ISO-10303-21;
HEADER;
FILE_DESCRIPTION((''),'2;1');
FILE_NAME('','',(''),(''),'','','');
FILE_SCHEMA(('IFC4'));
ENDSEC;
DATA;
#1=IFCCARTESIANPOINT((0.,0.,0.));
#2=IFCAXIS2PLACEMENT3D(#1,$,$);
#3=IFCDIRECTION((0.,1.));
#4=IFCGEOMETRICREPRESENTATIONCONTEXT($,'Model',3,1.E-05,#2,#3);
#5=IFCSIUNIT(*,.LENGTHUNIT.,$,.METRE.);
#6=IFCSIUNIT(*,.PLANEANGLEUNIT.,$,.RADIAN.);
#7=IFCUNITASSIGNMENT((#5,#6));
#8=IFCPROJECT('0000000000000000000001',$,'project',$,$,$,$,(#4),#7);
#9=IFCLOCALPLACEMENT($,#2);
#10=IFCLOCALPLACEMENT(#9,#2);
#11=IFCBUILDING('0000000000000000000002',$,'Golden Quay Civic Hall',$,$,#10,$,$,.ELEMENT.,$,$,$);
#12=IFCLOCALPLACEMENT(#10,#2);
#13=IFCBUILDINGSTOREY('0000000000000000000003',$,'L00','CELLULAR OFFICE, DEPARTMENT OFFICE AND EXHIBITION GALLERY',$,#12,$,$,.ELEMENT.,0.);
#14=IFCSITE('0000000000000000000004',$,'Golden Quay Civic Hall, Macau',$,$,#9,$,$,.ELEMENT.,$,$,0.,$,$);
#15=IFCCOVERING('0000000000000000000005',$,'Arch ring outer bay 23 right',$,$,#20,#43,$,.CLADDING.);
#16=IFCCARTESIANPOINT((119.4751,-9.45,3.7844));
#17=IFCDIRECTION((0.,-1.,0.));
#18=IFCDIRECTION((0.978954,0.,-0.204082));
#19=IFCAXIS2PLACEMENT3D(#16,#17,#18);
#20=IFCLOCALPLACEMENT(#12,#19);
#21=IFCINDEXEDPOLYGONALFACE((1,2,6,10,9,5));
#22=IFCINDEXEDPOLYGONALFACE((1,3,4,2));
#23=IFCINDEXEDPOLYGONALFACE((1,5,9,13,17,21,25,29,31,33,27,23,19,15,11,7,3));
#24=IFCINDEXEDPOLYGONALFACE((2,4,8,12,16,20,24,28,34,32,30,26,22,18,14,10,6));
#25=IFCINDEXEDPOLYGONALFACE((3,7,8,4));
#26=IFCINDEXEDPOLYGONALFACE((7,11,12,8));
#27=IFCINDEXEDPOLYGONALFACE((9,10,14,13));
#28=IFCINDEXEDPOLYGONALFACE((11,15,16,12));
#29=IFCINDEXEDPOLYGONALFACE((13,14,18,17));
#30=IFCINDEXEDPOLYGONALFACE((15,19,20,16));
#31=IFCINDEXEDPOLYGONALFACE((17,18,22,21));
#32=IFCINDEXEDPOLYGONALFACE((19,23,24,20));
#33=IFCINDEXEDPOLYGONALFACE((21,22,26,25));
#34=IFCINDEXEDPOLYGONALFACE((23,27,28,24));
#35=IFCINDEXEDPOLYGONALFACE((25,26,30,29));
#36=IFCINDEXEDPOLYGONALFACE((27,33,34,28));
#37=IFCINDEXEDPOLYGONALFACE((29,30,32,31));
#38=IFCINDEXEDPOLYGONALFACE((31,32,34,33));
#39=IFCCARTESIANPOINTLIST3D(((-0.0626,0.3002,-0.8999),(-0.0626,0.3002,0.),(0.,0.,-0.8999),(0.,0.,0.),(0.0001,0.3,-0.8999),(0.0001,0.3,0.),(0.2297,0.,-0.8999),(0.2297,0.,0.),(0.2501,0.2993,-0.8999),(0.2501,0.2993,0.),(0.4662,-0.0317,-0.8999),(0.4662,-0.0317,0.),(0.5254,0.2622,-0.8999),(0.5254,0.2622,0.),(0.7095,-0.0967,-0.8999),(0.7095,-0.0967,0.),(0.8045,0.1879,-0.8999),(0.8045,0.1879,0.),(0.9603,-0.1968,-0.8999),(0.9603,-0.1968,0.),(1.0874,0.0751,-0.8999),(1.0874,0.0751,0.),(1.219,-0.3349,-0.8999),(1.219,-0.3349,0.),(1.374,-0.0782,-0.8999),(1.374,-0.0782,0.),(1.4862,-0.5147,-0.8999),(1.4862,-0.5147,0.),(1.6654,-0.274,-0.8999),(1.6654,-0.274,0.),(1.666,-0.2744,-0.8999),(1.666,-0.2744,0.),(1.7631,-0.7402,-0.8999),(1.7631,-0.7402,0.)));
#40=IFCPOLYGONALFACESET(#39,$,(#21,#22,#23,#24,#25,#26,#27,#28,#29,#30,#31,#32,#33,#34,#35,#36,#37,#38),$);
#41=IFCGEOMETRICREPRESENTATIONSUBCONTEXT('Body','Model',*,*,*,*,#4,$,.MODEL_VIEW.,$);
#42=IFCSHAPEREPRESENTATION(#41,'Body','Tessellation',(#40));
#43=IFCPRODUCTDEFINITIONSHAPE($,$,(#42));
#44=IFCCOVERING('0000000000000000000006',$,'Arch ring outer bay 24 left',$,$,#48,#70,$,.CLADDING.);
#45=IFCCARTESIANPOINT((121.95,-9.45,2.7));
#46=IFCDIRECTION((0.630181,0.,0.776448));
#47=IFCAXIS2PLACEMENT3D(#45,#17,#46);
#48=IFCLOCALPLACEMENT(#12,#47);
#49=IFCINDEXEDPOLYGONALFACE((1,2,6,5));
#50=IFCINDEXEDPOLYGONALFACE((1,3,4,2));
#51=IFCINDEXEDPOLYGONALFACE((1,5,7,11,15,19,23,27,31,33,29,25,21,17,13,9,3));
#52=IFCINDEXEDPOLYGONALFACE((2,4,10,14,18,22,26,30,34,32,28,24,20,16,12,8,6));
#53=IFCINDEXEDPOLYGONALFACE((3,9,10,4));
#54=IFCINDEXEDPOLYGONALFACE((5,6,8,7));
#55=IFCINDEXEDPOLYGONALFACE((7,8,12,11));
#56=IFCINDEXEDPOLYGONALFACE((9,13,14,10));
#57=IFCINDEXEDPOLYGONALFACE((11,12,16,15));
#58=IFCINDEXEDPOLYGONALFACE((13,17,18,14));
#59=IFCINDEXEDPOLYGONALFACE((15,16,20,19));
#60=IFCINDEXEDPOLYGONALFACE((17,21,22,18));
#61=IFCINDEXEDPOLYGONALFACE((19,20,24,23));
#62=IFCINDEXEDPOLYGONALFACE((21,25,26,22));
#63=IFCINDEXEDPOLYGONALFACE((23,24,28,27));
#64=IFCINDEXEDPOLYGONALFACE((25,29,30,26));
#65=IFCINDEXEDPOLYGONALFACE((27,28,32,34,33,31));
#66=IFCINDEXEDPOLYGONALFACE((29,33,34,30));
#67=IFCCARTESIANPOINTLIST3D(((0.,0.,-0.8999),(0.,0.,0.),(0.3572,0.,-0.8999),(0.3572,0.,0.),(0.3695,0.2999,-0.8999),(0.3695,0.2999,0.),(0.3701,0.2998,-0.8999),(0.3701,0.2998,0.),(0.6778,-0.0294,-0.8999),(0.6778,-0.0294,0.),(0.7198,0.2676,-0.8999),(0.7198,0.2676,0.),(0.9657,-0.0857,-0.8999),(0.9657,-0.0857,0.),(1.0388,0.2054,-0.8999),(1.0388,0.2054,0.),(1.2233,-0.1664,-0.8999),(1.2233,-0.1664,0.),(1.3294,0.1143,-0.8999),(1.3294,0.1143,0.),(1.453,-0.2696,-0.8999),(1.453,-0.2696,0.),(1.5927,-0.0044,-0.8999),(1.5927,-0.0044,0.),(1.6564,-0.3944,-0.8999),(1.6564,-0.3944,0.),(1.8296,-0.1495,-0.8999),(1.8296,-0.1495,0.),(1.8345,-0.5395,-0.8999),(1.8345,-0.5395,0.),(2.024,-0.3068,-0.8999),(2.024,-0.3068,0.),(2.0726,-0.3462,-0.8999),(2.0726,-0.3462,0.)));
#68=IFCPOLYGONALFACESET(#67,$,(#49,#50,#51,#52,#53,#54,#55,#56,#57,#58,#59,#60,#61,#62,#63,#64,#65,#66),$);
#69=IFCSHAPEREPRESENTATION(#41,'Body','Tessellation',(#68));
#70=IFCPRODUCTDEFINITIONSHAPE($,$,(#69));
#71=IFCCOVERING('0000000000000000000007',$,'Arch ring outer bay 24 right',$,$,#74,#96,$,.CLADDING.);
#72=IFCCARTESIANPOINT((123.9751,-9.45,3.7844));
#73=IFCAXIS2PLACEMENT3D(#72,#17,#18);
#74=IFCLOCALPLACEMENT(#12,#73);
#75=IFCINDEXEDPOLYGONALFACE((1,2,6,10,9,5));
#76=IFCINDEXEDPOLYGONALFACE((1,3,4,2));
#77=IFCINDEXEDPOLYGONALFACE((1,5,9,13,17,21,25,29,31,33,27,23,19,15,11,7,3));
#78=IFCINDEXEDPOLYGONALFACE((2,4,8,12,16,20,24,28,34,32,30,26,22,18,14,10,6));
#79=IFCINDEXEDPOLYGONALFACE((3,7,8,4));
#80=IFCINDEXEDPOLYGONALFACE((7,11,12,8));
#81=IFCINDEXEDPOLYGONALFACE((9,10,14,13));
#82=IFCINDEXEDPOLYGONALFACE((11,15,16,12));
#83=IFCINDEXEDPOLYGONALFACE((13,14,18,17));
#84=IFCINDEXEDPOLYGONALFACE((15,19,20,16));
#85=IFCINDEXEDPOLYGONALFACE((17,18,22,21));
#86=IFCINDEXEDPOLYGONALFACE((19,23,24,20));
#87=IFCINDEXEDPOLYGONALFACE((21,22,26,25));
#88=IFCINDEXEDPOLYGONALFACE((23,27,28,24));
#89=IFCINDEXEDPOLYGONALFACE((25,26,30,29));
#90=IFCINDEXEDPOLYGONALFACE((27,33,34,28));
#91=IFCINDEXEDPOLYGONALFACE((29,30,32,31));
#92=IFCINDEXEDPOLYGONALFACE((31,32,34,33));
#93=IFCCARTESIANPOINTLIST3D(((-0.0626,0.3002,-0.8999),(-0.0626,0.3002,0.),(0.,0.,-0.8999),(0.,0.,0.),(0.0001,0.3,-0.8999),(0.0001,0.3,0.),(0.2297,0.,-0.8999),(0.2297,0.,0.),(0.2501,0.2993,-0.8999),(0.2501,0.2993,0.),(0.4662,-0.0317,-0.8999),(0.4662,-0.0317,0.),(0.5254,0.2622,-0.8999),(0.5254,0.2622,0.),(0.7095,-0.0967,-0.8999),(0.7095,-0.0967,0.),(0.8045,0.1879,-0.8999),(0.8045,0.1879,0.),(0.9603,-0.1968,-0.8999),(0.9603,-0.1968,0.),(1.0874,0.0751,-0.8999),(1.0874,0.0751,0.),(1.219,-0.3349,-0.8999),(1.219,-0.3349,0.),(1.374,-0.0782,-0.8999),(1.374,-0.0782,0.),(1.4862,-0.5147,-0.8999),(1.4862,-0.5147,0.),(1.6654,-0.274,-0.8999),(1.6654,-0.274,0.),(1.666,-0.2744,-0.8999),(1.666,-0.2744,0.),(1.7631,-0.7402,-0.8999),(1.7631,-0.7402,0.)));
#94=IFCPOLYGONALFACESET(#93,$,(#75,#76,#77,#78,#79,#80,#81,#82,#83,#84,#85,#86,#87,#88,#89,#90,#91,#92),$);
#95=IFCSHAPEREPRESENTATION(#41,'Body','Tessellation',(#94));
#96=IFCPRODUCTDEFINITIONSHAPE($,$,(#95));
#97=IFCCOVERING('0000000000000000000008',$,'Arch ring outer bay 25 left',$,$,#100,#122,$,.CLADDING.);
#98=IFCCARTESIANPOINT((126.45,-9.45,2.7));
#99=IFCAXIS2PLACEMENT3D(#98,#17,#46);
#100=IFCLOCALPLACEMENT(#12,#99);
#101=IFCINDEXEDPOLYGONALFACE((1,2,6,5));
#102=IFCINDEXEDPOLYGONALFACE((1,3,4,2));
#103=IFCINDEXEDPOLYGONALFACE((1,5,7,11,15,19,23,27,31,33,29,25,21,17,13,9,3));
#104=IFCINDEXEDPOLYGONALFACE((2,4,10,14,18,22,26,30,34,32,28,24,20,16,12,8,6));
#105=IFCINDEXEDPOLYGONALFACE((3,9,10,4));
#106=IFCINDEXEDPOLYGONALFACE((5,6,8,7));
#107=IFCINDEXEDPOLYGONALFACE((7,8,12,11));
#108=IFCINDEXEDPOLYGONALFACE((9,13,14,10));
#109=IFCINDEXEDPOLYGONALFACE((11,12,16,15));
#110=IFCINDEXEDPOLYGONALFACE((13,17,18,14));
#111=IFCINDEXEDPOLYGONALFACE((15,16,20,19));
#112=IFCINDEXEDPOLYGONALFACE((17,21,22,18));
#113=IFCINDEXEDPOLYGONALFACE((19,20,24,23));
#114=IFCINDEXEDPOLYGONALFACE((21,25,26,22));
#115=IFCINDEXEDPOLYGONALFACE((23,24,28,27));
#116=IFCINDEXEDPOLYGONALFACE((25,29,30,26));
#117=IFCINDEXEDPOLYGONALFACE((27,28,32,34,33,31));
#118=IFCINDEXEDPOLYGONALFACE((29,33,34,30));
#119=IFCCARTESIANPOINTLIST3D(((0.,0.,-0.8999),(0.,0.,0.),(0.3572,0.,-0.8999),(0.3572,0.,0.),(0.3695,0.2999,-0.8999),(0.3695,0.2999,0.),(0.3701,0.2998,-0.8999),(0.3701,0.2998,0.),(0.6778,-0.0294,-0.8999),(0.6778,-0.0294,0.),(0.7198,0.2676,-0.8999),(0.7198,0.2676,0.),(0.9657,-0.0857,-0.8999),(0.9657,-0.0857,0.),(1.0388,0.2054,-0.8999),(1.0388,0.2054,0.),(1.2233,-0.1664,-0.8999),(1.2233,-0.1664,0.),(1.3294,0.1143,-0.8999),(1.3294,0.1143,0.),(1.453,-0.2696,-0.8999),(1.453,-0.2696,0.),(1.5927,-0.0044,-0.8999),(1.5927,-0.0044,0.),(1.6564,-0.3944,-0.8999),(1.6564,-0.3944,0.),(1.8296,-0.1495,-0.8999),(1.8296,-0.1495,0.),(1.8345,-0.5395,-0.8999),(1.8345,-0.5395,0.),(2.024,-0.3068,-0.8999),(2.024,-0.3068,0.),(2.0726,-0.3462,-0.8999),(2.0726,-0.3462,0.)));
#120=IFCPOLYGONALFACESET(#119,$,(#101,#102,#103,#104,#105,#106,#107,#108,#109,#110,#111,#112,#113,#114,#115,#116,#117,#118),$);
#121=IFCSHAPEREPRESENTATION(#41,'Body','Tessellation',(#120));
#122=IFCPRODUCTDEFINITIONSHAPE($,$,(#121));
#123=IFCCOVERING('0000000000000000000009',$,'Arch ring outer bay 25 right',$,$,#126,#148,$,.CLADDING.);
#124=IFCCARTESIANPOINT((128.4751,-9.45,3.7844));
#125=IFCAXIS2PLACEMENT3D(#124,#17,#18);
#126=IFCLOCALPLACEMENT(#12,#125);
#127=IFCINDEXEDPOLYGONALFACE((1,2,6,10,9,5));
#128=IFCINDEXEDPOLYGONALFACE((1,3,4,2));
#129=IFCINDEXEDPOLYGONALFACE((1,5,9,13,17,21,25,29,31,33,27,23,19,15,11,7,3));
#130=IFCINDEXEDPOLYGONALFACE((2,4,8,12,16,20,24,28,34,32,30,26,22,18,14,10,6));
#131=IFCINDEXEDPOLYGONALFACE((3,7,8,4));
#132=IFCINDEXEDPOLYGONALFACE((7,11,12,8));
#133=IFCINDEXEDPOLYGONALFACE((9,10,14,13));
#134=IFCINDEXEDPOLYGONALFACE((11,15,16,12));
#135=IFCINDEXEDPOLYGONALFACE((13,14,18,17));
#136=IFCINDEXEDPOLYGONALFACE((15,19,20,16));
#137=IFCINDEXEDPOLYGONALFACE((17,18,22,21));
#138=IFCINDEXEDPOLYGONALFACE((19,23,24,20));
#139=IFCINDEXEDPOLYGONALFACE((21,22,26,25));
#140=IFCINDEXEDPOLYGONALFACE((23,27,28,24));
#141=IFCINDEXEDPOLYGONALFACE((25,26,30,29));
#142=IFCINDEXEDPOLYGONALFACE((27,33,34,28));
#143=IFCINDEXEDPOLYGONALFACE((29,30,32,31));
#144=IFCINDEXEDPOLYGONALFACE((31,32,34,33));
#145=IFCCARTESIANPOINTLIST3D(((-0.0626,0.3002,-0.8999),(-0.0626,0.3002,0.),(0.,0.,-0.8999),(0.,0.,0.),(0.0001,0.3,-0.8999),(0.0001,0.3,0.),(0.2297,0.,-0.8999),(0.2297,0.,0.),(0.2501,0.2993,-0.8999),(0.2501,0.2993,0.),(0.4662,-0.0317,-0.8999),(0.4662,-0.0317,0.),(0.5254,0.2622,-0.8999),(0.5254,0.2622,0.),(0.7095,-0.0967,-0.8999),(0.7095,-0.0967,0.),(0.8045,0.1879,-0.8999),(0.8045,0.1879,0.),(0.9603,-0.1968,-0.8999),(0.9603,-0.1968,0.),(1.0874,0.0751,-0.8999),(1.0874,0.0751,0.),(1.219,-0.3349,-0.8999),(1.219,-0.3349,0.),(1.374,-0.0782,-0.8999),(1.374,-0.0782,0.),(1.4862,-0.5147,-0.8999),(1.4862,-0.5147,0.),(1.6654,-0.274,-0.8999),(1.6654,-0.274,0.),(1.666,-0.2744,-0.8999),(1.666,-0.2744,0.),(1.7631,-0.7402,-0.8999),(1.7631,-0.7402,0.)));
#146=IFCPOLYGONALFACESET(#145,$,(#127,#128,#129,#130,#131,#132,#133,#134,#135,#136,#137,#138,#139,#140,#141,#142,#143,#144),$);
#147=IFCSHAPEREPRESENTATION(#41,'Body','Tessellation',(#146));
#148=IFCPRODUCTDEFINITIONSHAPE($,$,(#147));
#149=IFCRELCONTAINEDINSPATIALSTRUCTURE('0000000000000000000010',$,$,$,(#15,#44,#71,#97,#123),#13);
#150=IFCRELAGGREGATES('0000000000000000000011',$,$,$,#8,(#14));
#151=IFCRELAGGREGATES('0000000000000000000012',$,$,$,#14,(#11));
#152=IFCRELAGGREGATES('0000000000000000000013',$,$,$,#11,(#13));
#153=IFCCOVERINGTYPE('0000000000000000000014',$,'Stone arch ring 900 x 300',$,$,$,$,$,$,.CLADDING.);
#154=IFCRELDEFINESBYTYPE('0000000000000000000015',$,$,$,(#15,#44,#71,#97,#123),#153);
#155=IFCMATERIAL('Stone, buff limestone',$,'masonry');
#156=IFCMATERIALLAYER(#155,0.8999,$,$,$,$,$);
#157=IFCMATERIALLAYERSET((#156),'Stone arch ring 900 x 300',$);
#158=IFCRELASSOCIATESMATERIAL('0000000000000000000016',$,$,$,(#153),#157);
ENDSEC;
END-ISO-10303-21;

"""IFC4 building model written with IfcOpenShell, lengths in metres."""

from ifc_helpers import new_model, si_unit, direction, frame, origin, place, context, subcontext, project, spatial, polyline, outline, extrude, material, layer, layer_set, type_object, element, save


model = new_model("IFC4")

# Units and contexts
model_context = context("Model", 3, precision=1e-05, world=origin(), true_north=direction((0.0, 1.0)))
body_context = subcontext(model_context, "Body", "Model", "MODEL_VIEW")
ifc_project = project(units=[si_unit("LENGTHUNIT", "METRE"), si_unit("PLANEANGLEUNIT", "RADIAN")], contexts=[model_context])

# Site, building, storey
site_placement = place(None, origin())
site = spatial("IfcSite", under=ifc_project, at=site_placement, Name="Golden Quay Civic Hall, Macau", CompositionType="ELEMENT", RefElevation=0.0)
building_placement = place(site_placement, origin())
building = spatial("IfcBuilding", under=site, at=building_placement, Name="Golden Quay Civic Hall", CompositionType="ELEMENT")
storey_placement = place(building_placement, origin())
storey = spatial("IfcBuildingStorey", under=building, at=storey_placement, Name="L00", Description="CELLULAR OFFICE, DEPARTMENT OFFICE AND EXHIBITION GALLERY", CompositionType="ELEMENT", Elevation=0.0)

# Coverings
ifc_material_1 = material(Name="Stone, buff limestone", Category="masonry")
ifc_layer_1 = layer(ifc_material_1, 0.8999)
ifc_layer_set_1 = layer_set([ifc_layer_1], Name="Stone arch ring 900 x 300")
covering_type_1 = type_object("IfcCoveringType", Name="Stone arch ring 900 x 300", PredefinedType="CLADDING", material=ifc_layer_set_1)
covering_1_placement = place(storey_placement, frame((119.4751, -9.45, 3.7844), z_axis=(0.0, -1.0, 0.0), x_axis=(0.978954, 0.0, -0.204082)))
element("IfcCovering", 1, at=covering_1_placement, inside=storey, type_object=covering_type_1, Name="Arch ring outer bay 23 right", PredefinedType="CLADDING", context=body_context, shape_type="SweptSolid", body=[
    extrude(outline(polyline([(0.0, 0.0), (0.2297, 0.0), (0.4662, -0.0317), (0.7095, -0.0967), (0.9603, -0.1968), (1.219, -0.3349), (1.4862, -0.5147), (1.7631, -0.7402), (1.666, -0.2744), (1.6654, -0.274), (1.374, -0.0782), (1.0874, 0.0751), (0.8045, 0.1879), (0.5254, 0.2622), (0.2501, 0.2993), (0.0001, 0.3), (-0.0626, 0.3002), (0.0, 0.0)])), origin(), (0.0, 0.0, -1.0), 0.8999),
])
covering_2_placement = place(storey_placement, frame((121.95, -9.45, 2.7), z_axis=(0.0, -1.0, 0.0), x_axis=(0.630181, 0.0, 0.776448)))
element("IfcCovering", 2, at=covering_2_placement, inside=storey, type_object=covering_type_1, Name="Arch ring outer bay 24 left", PredefinedType="CLADDING", context=body_context, shape_type="SweptSolid", body=[
    extrude(outline(polyline([(0.0, 0.0), (0.3572, 0.0), (0.6778, -0.0294), (0.9657, -0.0857), (1.2233, -0.1664), (1.453, -0.2696), (1.6564, -0.3944), (1.8345, -0.5395), (2.0726, -0.3462), (2.024, -0.3068), (1.8296, -0.1495), (1.5927, -0.0044), (1.3294, 0.1143), (1.0388, 0.2054), (0.7198, 0.2676), (0.3701, 0.2998), (0.3695, 0.2999), (0.0, 0.0)])), origin(), (0.0, 0.0, -1.0), 0.8999),
])
covering_3_placement = place(storey_placement, frame((123.9751, -9.45, 3.7844), z_axis=(0.0, -1.0, 0.0), x_axis=(0.978954, 0.0, -0.204082)))
element("IfcCovering", 3, at=covering_3_placement, inside=storey, type_object=covering_type_1, Name="Arch ring outer bay 24 right", PredefinedType="CLADDING", context=body_context, shape_type="SweptSolid", body=[
    extrude(outline(polyline([(0.0, 0.0), (0.2297, 0.0), (0.4662, -0.0317), (0.7095, -0.0967), (0.9603, -0.1968), (1.219, -0.3349), (1.4862, -0.5147), (1.7631, -0.7402), (1.666, -0.2744), (1.6654, -0.274), (1.374, -0.0782), (1.0874, 0.0751), (0.8045, 0.1879), (0.5254, 0.2622), (0.2501, 0.2993), (0.0001, 0.3), (-0.0626, 0.3002), (0.0, 0.0)])), origin(), (0.0, 0.0, -1.0), 0.8999),
])
covering_4_placement = place(storey_placement, frame((126.45, -9.45, 2.7), z_axis=(0.0, -1.0, 0.0), x_axis=(0.630181, 0.0, 0.776448)))
element("IfcCovering", 4, at=covering_4_placement, inside=storey, type_object=covering_type_1, Name="Arch ring outer bay 25 left", PredefinedType="CLADDING", context=body_context, shape_type="SweptSolid", body=[
    extrude(outline(polyline([(0.0, 0.0), (0.3572, 0.0), (0.6778, -0.0294), (0.9657, -0.0857), (1.2233, -0.1664), (1.453, -0.2696), (1.6564, -0.3944), (1.8345, -0.5395), (2.0726, -0.3462), (2.024, -0.3068), (1.8296, -0.1495), (1.5927, -0.0044), (1.3294, 0.1143), (1.0388, 0.2054), (0.7198, 0.2676), (0.3701, 0.2998), (0.3695, 0.2999), (0.0, 0.0)])), origin(), (0.0, 0.0, -1.0), 0.8999),
])
covering_5_placement = place(storey_placement, frame((128.4751, -9.45, 3.7844), z_axis=(0.0, -1.0, 0.0), x_axis=(0.978954, 0.0, -0.204082)))
element("IfcCovering", 5, at=covering_5_placement, inside=storey, type_object=covering_type_1, Name="Arch ring outer bay 25 right", PredefinedType="CLADDING", context=body_context, shape_type="SweptSolid", body=[
    extrude(outline(polyline([(0.0, 0.0), (0.2297, 0.0), (0.4662, -0.0317), (0.7095, -0.0967), (0.9603, -0.1968), (1.219, -0.3349), (1.4862, -0.5147), (1.7631, -0.7402), (1.666, -0.2744), (1.6654, -0.274), (1.374, -0.0782), (1.0874, 0.0751), (0.8045, 0.1879), (0.5254, 0.2622), (0.2501, 0.2993), (0.0001, 0.3), (-0.0626, 0.3002), (0.0, 0.0)])), origin(), (0.0, 0.0, -1.0), 0.8999),
])

save(model, "model.ifc")
